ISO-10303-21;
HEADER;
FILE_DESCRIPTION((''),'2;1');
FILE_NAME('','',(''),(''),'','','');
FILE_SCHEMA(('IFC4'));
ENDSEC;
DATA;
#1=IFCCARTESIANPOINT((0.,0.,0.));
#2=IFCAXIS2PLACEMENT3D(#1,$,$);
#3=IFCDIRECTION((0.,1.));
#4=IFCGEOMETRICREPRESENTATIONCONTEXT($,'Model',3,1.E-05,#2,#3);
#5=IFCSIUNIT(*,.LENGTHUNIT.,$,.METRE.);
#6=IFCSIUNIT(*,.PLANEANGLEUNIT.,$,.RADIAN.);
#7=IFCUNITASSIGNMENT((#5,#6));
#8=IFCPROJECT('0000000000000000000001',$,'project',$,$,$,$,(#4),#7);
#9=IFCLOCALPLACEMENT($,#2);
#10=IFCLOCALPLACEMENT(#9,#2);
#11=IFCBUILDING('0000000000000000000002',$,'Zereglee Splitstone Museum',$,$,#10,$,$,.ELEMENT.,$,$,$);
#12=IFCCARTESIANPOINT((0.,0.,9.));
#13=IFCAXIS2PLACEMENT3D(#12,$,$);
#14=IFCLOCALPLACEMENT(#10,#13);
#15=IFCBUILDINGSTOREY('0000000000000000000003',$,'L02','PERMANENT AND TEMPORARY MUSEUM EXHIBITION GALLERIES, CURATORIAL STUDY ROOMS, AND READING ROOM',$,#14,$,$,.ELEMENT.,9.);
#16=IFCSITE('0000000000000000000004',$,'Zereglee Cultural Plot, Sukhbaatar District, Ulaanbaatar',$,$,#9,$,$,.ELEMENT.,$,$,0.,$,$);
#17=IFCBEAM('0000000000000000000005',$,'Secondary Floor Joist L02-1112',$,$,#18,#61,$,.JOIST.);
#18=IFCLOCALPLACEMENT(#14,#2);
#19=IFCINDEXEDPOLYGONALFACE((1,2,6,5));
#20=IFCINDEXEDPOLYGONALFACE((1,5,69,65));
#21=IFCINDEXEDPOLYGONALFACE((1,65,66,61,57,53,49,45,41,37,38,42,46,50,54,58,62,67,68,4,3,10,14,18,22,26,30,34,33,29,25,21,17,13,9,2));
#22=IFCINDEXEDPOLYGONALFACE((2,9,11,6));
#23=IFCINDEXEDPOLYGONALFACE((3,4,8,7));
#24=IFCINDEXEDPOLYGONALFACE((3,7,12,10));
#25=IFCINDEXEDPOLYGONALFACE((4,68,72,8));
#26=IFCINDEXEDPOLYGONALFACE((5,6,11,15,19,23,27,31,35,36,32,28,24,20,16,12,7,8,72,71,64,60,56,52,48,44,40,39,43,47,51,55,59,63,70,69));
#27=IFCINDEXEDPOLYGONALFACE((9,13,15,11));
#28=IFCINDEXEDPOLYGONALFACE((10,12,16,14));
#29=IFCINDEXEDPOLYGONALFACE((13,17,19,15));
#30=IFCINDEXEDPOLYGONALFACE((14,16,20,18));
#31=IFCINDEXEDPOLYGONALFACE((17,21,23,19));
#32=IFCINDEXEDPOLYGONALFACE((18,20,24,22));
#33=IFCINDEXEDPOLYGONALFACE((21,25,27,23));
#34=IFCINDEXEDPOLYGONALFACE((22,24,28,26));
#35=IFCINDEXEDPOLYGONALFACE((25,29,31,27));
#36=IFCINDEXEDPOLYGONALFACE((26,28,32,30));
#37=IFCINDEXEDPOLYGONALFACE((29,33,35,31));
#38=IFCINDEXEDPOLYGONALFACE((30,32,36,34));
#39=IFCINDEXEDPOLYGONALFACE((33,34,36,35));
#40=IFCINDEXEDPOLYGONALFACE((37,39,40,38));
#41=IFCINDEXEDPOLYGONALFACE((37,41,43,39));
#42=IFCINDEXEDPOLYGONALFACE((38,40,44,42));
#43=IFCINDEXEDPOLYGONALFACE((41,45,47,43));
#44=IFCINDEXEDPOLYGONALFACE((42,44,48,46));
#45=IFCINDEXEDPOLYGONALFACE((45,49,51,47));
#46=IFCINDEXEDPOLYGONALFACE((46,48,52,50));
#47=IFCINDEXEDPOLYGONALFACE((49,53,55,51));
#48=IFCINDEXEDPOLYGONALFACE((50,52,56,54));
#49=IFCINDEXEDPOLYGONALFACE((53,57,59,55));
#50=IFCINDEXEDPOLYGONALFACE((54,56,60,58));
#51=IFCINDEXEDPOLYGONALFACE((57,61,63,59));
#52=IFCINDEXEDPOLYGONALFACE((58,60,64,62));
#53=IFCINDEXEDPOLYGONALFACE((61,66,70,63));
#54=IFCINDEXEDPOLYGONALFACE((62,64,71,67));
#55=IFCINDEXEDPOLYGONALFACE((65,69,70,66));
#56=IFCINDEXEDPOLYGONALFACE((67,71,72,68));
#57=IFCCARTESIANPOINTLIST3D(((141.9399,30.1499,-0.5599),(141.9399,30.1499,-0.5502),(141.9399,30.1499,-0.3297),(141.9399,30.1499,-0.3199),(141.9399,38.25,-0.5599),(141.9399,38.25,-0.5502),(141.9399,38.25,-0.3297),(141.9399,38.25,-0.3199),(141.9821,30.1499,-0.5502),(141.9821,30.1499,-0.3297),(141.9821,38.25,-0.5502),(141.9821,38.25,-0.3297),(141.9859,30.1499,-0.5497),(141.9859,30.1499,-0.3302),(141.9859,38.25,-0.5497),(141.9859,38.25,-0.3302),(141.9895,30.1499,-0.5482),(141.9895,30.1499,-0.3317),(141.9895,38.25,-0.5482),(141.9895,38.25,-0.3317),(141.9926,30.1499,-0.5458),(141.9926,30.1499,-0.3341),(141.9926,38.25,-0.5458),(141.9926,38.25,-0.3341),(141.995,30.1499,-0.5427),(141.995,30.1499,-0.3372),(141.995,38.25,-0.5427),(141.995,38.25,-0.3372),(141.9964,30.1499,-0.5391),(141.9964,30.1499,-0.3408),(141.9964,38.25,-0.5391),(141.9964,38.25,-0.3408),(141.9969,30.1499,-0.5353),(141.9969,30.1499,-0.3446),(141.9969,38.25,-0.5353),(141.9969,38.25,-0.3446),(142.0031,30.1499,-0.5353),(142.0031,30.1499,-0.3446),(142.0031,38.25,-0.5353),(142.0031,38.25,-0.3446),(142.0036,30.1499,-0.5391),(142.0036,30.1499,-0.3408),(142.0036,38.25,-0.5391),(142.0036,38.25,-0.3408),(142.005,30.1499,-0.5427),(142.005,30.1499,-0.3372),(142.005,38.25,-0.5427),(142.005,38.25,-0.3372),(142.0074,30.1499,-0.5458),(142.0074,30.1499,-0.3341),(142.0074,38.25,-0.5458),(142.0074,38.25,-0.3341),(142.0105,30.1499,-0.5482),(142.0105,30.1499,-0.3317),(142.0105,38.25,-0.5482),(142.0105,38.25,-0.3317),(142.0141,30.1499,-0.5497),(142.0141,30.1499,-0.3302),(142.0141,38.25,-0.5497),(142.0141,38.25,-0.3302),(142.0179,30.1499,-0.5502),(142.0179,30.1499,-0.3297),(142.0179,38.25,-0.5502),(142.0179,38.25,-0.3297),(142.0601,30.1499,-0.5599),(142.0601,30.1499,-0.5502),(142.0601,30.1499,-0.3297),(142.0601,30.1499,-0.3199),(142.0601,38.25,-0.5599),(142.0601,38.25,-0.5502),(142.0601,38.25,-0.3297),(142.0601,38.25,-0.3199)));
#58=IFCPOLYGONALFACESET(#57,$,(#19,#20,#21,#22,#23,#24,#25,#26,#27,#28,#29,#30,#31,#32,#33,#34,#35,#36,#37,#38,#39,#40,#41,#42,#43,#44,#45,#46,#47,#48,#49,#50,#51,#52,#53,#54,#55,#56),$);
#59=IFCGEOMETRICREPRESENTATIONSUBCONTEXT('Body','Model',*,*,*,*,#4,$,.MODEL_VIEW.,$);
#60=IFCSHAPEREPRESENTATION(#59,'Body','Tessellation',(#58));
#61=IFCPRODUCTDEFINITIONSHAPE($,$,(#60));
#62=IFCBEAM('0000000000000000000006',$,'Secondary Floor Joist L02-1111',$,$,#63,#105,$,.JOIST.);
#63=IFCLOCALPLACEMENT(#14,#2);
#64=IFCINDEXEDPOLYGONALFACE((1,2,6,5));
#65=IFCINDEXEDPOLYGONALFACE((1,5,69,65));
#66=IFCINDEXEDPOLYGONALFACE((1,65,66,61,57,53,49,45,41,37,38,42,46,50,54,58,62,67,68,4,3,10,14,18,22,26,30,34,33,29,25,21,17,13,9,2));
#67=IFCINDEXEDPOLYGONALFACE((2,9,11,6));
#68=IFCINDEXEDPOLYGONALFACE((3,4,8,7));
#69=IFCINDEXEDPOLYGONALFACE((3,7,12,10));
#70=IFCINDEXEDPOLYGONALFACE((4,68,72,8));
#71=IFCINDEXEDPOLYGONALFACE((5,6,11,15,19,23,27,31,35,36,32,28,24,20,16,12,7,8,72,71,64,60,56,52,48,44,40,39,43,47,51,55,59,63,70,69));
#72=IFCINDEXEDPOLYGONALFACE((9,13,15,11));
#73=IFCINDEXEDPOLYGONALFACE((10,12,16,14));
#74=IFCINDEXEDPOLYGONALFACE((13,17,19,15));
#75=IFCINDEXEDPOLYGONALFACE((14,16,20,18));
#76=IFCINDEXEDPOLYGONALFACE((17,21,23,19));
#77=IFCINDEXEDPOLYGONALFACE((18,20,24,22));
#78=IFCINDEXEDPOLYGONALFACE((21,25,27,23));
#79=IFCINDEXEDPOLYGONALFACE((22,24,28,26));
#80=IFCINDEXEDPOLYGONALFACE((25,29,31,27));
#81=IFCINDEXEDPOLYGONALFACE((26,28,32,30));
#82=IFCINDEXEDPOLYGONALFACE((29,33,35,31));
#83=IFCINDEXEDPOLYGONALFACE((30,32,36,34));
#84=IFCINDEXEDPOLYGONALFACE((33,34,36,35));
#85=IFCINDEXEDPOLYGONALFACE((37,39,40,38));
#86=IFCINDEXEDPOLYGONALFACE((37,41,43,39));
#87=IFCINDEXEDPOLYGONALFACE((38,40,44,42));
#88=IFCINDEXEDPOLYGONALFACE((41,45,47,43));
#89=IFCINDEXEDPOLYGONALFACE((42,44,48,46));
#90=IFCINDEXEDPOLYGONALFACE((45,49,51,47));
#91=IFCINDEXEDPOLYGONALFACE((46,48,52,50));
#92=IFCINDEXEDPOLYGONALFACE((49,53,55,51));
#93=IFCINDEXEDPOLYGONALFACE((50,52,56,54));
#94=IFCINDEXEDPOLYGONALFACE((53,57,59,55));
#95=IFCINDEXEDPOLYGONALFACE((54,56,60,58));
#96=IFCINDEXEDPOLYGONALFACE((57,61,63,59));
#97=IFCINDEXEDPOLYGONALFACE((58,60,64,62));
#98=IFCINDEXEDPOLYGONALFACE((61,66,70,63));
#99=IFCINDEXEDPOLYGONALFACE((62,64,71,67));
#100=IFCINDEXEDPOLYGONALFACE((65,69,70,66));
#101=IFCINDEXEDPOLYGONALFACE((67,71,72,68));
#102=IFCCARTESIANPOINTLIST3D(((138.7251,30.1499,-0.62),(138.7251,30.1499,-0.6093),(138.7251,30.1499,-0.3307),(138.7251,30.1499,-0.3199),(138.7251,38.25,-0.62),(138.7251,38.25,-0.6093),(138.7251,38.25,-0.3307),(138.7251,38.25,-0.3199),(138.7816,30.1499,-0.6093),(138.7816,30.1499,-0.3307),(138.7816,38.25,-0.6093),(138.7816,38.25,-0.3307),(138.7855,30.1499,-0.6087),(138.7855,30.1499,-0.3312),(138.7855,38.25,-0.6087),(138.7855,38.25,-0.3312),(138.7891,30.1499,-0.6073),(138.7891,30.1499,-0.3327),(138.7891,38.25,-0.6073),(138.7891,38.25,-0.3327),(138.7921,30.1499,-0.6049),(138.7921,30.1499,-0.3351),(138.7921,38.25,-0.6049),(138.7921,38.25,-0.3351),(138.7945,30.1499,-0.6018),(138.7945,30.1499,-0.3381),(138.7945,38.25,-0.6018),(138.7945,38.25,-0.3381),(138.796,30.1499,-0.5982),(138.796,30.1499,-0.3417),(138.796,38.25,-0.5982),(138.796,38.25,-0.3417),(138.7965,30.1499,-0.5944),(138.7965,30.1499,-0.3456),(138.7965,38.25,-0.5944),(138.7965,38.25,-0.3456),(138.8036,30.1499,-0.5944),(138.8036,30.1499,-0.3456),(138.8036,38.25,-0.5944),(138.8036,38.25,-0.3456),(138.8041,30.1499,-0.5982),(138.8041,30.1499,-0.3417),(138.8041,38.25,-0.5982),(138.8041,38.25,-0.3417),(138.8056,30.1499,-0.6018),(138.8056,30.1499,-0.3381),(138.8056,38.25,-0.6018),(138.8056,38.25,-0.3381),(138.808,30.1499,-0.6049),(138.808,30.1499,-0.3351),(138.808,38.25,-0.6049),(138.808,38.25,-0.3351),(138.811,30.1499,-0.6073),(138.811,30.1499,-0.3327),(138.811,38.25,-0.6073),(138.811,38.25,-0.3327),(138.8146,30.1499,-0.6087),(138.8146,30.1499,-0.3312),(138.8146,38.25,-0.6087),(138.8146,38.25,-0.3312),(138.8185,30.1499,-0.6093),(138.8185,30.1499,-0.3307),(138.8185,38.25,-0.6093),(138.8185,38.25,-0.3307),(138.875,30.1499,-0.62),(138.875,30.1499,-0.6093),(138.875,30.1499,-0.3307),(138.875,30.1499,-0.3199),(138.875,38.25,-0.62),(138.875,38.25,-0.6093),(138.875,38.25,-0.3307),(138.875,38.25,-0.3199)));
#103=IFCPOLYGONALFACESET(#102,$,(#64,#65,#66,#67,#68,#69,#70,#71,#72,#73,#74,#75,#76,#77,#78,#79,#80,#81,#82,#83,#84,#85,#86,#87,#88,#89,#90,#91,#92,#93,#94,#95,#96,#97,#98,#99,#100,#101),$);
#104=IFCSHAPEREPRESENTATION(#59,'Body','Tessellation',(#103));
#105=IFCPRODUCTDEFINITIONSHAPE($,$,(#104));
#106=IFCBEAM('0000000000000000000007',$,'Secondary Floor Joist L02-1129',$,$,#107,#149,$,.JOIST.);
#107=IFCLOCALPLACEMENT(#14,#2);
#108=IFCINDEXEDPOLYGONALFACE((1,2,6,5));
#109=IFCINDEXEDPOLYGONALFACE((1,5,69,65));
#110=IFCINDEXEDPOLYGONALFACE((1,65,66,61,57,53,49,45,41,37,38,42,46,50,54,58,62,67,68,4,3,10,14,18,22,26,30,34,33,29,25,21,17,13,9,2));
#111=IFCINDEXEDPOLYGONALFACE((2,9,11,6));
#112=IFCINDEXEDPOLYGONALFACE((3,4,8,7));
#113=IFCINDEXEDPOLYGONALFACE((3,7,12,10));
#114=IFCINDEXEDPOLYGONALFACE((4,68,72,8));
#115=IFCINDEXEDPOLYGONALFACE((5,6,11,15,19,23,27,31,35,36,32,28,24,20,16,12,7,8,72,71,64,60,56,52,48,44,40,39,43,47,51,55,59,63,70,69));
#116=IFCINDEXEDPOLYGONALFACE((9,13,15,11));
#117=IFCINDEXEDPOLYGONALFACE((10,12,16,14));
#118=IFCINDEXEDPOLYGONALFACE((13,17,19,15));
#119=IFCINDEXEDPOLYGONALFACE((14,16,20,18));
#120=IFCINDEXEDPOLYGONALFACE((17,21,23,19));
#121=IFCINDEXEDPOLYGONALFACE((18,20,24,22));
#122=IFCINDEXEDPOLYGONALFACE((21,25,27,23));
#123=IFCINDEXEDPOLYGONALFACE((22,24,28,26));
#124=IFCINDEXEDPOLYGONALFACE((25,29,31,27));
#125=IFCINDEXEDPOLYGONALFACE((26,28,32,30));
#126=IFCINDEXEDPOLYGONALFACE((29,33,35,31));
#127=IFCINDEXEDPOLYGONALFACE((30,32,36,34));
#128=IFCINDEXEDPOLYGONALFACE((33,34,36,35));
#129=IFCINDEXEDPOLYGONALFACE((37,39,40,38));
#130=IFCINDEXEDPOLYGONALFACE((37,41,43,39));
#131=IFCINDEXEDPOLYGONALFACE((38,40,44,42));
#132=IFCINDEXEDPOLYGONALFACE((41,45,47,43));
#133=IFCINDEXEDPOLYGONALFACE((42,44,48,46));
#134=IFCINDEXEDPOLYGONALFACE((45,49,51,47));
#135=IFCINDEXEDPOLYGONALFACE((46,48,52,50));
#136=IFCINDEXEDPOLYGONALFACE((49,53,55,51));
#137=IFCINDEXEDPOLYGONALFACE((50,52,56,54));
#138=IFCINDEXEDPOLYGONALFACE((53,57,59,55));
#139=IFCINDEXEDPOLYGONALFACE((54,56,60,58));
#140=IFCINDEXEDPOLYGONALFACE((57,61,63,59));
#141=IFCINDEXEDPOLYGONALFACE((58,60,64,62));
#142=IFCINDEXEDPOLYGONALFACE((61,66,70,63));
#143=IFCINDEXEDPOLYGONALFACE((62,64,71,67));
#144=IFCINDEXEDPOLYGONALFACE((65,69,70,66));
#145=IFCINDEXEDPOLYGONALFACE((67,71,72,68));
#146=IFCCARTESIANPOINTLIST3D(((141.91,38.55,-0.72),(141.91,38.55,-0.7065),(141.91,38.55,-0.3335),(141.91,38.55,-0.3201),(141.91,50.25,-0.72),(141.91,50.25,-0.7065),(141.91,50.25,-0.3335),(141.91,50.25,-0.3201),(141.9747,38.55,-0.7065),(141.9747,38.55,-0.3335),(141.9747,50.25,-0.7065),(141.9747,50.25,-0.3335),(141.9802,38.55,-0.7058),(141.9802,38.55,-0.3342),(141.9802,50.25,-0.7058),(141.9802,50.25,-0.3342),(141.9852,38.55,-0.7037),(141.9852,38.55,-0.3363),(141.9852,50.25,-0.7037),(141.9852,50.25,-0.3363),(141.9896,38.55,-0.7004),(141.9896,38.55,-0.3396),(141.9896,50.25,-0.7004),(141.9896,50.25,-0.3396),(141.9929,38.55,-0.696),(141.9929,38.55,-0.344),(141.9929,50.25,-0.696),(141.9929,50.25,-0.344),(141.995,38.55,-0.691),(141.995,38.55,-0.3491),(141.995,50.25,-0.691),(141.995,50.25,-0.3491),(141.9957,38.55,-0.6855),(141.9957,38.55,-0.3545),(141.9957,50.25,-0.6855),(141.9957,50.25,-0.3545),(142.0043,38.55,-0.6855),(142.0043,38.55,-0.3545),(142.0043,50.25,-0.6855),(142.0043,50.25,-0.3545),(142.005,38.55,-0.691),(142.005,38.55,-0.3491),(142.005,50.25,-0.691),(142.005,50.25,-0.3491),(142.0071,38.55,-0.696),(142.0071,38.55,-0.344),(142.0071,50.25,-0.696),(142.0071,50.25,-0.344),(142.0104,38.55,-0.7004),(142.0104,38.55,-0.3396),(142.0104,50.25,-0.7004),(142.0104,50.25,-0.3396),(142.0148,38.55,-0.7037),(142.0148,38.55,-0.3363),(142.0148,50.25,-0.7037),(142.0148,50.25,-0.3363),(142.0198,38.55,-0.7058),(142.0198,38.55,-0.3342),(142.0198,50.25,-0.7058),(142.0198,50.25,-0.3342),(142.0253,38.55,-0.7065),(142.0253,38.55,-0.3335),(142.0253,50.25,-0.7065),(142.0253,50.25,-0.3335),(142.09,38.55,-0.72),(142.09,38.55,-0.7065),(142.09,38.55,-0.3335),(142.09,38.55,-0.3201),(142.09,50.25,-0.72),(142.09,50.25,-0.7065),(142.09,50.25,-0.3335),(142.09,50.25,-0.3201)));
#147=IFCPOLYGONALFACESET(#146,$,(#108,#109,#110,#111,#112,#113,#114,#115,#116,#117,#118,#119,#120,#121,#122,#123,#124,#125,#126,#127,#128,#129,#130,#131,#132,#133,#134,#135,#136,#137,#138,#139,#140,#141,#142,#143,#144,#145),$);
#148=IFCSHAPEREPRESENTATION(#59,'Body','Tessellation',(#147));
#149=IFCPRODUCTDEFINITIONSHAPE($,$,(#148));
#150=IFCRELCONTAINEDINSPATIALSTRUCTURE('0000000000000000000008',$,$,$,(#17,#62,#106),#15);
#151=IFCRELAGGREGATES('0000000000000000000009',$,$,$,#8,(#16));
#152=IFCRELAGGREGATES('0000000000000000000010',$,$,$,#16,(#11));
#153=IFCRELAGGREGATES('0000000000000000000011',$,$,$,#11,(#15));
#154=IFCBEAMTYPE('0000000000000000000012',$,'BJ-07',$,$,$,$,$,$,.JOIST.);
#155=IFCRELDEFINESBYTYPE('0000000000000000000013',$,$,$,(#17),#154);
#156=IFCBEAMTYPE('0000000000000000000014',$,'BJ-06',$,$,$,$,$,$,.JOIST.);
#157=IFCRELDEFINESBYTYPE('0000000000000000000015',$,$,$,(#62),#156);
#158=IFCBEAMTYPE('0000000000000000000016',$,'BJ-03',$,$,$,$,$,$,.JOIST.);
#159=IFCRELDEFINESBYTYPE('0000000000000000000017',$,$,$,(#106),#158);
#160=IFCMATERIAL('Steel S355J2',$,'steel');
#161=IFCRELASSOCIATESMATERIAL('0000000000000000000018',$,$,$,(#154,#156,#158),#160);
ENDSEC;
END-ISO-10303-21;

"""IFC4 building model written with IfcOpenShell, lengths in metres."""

from ifc_helpers import new_model, si_unit, direction, frame, origin, origin_2d, place, context, subcontext, project, spatial, i_section, extrude, material, material_profile, profile_set, type_object, element, save


model = new_model("IFC4")

# Units and contexts
model_context = context("Model", 3, precision=1e-05, world=origin(), true_north=direction((0.0, 1.0)))
body_context = subcontext(model_context, "Body", "Model", "MODEL_VIEW")
ifc_project = project(units=[si_unit("LENGTHUNIT", "METRE"), si_unit("PLANEANGLEUNIT", "RADIAN")], contexts=[model_context])

# Site, building, storey
site_placement = place(None, origin())
site = spatial("IfcSite", under=ifc_project, at=site_placement, Name="Zereglee Cultural Plot, Sukhbaatar District, Ulaanbaatar", CompositionType="ELEMENT", RefElevation=0.0)
building_placement = place(site_placement, origin())
building = spatial("IfcBuilding", under=site, at=building_placement, Name="Zereglee Splitstone Museum", CompositionType="ELEMENT")
storey_placement = place(building_placement, frame((0.0, 0.0, 9.0)))
storey = spatial("IfcBuildingStorey", under=building, at=storey_placement, Name="L02", Description="PERMANENT AND TEMPORARY MUSEUM EXHIBITION GALLERIES, CURATORIAL STUDY ROOMS, AND READING ROOM", CompositionType="ELEMENT", Elevation=9.0)

# Shared definitions
ifc_material_1 = material(Name="Steel S355J2", Category="steel")

# Beams
ifc_material_profile_1 = material_profile(ifc_material_1, i_section(OverallWidth=0.1201, OverallDepth=0.24, WebThickness=0.0061, FlangeThickness=0.0098, FilletRadius=0.0149, at=origin_2d()), Name="IPE 240")
ifc_profile_set_1 = profile_set([ifc_material_profile_1], Name="Steel S355J2")
beam_type_1 = type_object("IfcBeamType", Name="BJ-07", PredefinedType="JOIST", material=ifc_profile_set_1)
beam_1_placement = place(storey_placement, frame((142.0, 30.1499, -0.4399), z_axis=(0.0, 1.0, 0.0), x_axis=(-1.0, 0.0, 0.0)))
element("IfcBeam", 1, at=beam_1_placement, inside=storey, type_object=beam_type_1, Name="Secondary Floor Joist L02-1112", PredefinedType="JOIST", context=body_context, shape_type="SweptSolid", body=[
    extrude(i_section(OverallWidth=0.1201, OverallDepth=0.24, WebThickness=0.0061, FlangeThickness=0.0098, FilletRadius=0.0149, at=origin_2d()), origin(), (0.0, 0.0, 1.0), 8.1001),
])
ifc_material_profile_2 = material_profile(ifc_material_1, i_section(OverallWidth=0.1499, OverallDepth=0.3, WebThickness=0.0071, FlangeThickness=0.0107, FilletRadius=0.0149, at=origin_2d()), Name="IPE 300")
ifc_profile_set_2 = profile_set([ifc_material_profile_2], Name="Steel S355J2")
beam_type_2 = type_object("IfcBeamType", Name="BJ-06", PredefinedType="JOIST", material=ifc_profile_set_2)
beam_2_placement = place(storey_placement, frame((138.8, 30.1499, -0.47), z_axis=(0.0, 1.0, 0.0), x_axis=(-1.0, 0.0, 0.0)))
element("IfcBeam", 2, at=beam_2_placement, inside=storey, type_object=beam_type_2, Name="Secondary Floor Joist L02-1111", PredefinedType="JOIST", context=body_context, shape_type="SweptSolid", body=[
    extrude(i_section(OverallWidth=0.1499, OverallDepth=0.3, WebThickness=0.0071, FlangeThickness=0.0107, FilletRadius=0.0149, at=origin_2d()), origin(), (0.0, 0.0, 1.0), 8.1001),
])
ifc_material_profile_3 = material_profile(ifc_material_1, i_section(OverallWidth=0.1799, OverallDepth=0.3999, WebThickness=0.0085, FlangeThickness=0.0134, FilletRadius=0.021, at=origin_2d()), Name="IPE 400")
ifc_profile_set_3 = profile_set([ifc_material_profile_3], Name="Steel S355J2")
beam_type_3 = type_object("IfcBeamType", Name="BJ-03", PredefinedType="JOIST", material=ifc_profile_set_3)
beam_3_placement = place(storey_placement, frame((142.0, 38.55, -0.52), z_axis=(0.0, 1.0, 0.0), x_axis=(-1.0, 0.0, 0.0)))
element("IfcBeam", 3, at=beam_3_placement, inside=storey, type_object=beam_type_3, Name="Secondary Floor Joist L02-1129", PredefinedType="JOIST", context=body_context, shape_type="SweptSolid", body=[
    extrude(i_section(OverallWidth=0.1799, OverallDepth=0.3999, WebThickness=0.0085, FlangeThickness=0.0134, FilletRadius=0.021, at=origin_2d()), origin(), (0.0, 0.0, 1.0), 11.7),
])

save(model, "model.ifc")
